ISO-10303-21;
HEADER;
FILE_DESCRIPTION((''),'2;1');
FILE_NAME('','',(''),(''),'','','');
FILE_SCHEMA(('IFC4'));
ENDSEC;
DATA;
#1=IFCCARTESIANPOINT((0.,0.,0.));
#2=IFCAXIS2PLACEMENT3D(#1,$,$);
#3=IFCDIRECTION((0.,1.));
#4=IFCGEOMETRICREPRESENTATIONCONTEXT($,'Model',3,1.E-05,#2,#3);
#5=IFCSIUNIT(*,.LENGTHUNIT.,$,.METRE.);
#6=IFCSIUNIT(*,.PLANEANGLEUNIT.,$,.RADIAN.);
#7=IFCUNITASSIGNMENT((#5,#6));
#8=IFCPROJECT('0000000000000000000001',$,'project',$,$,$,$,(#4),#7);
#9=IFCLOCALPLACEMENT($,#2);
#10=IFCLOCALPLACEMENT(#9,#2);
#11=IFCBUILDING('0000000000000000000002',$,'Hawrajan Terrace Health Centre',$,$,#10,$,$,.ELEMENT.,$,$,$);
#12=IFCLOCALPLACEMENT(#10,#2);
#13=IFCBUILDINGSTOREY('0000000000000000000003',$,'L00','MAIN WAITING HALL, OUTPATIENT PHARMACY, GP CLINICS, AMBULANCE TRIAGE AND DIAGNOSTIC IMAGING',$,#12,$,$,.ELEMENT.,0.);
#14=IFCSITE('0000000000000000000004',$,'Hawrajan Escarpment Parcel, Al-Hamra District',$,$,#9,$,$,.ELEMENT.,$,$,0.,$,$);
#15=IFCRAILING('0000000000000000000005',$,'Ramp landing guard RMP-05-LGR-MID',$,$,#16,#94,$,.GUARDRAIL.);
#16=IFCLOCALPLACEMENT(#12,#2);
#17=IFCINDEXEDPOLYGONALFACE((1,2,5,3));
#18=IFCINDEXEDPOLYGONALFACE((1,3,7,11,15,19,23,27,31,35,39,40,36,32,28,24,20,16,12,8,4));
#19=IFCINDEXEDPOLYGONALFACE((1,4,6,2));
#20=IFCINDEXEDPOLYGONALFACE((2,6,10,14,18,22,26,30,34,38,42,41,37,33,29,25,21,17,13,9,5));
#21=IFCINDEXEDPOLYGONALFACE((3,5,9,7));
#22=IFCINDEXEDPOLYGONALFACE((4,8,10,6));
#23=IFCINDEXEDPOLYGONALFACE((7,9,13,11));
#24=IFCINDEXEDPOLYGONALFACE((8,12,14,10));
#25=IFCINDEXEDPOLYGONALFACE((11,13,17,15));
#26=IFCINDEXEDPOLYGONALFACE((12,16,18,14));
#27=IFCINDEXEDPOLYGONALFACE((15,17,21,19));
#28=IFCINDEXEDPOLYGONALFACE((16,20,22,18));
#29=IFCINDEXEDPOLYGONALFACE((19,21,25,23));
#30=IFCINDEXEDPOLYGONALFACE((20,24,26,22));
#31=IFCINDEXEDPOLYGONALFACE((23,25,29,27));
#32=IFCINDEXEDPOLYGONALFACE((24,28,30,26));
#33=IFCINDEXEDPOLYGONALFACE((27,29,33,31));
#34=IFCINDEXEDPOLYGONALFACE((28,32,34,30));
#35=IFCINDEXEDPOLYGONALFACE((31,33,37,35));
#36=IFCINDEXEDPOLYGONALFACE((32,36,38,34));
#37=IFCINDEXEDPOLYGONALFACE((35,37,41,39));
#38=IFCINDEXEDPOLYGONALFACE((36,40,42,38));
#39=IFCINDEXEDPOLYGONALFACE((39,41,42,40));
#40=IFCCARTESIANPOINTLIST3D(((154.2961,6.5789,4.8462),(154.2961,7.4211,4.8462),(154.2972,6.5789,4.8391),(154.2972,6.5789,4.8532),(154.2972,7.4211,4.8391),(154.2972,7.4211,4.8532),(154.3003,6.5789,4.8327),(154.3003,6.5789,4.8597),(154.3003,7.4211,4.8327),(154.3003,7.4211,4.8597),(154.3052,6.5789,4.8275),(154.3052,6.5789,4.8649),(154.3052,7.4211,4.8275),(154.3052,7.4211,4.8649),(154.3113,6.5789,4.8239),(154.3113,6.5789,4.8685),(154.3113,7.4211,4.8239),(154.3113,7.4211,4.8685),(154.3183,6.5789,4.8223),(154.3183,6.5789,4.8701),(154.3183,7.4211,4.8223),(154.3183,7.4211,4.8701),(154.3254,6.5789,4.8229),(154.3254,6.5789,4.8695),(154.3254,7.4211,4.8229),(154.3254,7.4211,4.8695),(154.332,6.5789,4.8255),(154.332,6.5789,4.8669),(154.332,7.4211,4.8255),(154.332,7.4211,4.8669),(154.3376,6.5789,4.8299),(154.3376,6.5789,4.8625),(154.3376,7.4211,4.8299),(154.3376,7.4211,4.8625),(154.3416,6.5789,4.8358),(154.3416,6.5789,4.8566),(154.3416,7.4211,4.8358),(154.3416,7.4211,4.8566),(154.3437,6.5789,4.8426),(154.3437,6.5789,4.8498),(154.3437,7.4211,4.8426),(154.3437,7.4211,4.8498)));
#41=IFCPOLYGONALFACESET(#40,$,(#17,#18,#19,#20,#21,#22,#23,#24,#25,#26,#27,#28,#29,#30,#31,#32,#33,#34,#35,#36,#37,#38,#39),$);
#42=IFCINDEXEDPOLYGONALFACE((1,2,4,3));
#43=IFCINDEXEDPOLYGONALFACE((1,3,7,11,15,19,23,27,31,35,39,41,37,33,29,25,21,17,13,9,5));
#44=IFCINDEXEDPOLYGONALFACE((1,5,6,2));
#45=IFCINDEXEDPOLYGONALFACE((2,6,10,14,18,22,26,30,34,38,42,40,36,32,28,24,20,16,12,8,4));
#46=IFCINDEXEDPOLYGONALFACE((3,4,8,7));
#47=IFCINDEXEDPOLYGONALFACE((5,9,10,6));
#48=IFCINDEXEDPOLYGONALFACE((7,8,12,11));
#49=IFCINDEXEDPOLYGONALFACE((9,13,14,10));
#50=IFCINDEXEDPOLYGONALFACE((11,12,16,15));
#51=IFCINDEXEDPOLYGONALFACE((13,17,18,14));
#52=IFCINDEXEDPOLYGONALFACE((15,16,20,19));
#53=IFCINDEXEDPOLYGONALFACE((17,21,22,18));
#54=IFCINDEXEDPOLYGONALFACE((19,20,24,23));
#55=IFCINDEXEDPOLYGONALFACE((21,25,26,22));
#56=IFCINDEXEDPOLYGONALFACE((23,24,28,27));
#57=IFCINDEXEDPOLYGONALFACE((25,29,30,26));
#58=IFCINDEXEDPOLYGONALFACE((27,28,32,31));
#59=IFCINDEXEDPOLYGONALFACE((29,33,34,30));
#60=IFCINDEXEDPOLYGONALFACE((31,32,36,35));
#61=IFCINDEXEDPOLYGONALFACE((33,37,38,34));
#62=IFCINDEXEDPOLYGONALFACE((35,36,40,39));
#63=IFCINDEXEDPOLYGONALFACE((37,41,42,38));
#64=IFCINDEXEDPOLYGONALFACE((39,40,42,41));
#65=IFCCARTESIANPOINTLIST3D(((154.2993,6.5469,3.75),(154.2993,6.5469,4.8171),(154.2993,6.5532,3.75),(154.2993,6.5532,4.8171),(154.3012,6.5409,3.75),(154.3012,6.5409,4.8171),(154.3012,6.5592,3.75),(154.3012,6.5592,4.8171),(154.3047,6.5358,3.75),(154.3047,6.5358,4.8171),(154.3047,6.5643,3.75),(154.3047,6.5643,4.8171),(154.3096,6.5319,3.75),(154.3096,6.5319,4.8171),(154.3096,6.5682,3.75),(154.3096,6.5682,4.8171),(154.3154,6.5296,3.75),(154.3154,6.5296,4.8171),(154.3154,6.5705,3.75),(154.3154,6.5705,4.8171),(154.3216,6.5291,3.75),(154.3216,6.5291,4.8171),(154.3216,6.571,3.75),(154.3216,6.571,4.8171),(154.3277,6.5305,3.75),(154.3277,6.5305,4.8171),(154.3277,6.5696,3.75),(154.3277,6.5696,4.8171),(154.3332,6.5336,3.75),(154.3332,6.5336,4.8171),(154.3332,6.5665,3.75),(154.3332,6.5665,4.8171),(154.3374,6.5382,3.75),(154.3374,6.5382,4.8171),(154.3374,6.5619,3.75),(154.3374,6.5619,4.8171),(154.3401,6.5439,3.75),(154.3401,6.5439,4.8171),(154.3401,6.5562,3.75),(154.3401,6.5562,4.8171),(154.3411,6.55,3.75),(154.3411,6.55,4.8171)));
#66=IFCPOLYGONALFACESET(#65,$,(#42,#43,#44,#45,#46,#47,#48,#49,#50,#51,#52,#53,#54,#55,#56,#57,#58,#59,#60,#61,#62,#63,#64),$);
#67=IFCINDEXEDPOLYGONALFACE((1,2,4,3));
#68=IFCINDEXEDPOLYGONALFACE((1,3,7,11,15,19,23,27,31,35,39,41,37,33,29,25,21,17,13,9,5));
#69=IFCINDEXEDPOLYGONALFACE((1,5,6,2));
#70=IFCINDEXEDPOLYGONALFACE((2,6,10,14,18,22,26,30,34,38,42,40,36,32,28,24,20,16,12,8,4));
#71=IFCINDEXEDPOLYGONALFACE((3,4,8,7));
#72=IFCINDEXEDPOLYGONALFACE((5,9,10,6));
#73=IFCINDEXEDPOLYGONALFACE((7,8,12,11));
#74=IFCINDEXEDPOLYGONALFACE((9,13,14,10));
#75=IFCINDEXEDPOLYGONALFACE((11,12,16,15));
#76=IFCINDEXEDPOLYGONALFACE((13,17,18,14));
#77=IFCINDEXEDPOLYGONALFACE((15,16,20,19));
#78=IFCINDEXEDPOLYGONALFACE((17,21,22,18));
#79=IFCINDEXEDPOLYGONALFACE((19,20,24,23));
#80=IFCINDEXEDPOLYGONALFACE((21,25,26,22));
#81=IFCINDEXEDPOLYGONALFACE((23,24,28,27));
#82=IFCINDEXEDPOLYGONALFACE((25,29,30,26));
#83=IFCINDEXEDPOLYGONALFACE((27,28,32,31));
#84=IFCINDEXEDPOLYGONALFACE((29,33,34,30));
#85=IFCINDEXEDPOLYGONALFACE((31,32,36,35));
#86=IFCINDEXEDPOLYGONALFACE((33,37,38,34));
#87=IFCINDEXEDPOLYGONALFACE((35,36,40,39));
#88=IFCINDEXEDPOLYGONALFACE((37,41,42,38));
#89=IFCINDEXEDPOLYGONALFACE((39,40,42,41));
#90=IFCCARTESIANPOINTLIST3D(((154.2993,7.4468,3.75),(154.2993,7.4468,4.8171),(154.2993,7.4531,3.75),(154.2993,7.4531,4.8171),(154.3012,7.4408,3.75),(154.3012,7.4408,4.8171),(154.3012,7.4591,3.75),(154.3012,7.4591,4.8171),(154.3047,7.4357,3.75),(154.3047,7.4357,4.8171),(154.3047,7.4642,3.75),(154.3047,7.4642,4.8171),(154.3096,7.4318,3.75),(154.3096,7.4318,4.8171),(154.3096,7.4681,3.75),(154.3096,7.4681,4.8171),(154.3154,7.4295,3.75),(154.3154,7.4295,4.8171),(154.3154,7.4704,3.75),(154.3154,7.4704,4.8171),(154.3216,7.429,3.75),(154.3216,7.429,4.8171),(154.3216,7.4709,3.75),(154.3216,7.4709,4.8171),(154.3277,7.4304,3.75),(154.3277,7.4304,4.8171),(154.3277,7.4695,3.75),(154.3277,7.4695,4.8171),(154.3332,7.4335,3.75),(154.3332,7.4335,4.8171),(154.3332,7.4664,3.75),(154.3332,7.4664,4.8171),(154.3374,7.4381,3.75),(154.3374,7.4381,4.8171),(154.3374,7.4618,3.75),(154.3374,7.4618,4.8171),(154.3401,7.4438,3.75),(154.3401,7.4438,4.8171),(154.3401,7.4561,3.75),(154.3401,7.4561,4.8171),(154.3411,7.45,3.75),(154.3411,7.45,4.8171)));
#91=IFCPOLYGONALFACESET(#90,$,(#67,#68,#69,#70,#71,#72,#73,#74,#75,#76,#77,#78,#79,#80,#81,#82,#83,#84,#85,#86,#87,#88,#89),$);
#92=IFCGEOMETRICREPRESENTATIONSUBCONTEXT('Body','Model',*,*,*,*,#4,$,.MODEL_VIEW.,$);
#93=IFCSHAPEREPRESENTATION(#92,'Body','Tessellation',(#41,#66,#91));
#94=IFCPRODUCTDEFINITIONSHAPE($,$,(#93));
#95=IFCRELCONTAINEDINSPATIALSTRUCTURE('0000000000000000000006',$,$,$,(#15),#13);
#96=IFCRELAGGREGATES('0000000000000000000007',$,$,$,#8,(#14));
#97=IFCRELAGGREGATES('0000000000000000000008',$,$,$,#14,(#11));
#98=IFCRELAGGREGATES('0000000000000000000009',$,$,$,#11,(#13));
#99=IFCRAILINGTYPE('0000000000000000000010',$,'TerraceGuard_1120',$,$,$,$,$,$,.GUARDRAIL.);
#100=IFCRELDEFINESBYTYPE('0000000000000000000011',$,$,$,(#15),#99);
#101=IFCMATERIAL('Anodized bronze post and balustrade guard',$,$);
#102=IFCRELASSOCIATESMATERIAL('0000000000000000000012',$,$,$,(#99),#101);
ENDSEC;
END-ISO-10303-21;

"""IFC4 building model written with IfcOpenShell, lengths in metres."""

from ifc_helpers import new_model, si_unit, direction, frame, origin, origin_2d, place, context, subcontext, project, spatial, circle, extrude, material, type_object, element, save


model = new_model("IFC4")

# Units and contexts
model_context = context("Model", 3, precision=1e-05, world=origin(), true_north=direction((0.0, 1.0)))
body_context = subcontext(model_context, "Body", "Model", "MODEL_VIEW")
ifc_project = project(units=[si_unit("LENGTHUNIT", "METRE"), si_unit("PLANEANGLEUNIT", "RADIAN")], contexts=[model_context])

# Site, building, storey
site_placement = place(None, origin())
site = spatial("IfcSite", under=ifc_project, at=site_placement, Name="Hawrajan Escarpment Parcel, Al-Hamra District", CompositionType="ELEMENT", RefElevation=0.0)
building_placement = place(site_placement, origin())
building = spatial("IfcBuilding", under=site, at=building_placement, Name="Hawrajan Terrace Health Centre", CompositionType="ELEMENT")
storey_placement = place(building_placement, origin())
storey = spatial("IfcBuildingStorey", under=building, at=storey_placement, Name="L00", Description="MAIN WAITING HALL, OUTPATIENT PHARMACY, GP CLINICS, AMBULANCE TRIAGE AND DIAGNOSTIC IMAGING", CompositionType="ELEMENT", Elevation=0.0)

# Railing
ifc_material_1 = material(Name="Anodized bronze post and balustrade guard")
railing_type_1 = type_object("IfcRailingType", Name="TerraceGuard_1120", PredefinedType="GUARDRAIL", material=ifc_material_1)
railing_1_placement = place(storey_placement, frame((154.3201, 6.55, 3.75)))
element("IfcRailing", 1, at=railing_1_placement, inside=storey, type_object=railing_type_1, Name="Ramp landing guard RMP-05-LGR-MID", PredefinedType="GUARDRAIL", context=body_context, shape_type="SweptSolid", body=[
    extrude(circle(Radius=0.0239, at=origin_2d()), frame((0.0, 0.0288, 1.0962), z_axis=(0.0, 1.0, 0.0), x_axis=(-1.0, 0.0, 0.0)), (0.0, 0.0, 1.0), 0.8423),
    extrude(circle(Radius=0.021, at=origin_2d()), origin(), (0.0, 0.0, 1.0), 1.0671),
    extrude(circle(Radius=0.021, at=origin_2d()), frame((0.0, 0.8999, 0.0)), (0.0, 0.0, 1.0), 1.0671),
])

save(model, "model.ifc")
